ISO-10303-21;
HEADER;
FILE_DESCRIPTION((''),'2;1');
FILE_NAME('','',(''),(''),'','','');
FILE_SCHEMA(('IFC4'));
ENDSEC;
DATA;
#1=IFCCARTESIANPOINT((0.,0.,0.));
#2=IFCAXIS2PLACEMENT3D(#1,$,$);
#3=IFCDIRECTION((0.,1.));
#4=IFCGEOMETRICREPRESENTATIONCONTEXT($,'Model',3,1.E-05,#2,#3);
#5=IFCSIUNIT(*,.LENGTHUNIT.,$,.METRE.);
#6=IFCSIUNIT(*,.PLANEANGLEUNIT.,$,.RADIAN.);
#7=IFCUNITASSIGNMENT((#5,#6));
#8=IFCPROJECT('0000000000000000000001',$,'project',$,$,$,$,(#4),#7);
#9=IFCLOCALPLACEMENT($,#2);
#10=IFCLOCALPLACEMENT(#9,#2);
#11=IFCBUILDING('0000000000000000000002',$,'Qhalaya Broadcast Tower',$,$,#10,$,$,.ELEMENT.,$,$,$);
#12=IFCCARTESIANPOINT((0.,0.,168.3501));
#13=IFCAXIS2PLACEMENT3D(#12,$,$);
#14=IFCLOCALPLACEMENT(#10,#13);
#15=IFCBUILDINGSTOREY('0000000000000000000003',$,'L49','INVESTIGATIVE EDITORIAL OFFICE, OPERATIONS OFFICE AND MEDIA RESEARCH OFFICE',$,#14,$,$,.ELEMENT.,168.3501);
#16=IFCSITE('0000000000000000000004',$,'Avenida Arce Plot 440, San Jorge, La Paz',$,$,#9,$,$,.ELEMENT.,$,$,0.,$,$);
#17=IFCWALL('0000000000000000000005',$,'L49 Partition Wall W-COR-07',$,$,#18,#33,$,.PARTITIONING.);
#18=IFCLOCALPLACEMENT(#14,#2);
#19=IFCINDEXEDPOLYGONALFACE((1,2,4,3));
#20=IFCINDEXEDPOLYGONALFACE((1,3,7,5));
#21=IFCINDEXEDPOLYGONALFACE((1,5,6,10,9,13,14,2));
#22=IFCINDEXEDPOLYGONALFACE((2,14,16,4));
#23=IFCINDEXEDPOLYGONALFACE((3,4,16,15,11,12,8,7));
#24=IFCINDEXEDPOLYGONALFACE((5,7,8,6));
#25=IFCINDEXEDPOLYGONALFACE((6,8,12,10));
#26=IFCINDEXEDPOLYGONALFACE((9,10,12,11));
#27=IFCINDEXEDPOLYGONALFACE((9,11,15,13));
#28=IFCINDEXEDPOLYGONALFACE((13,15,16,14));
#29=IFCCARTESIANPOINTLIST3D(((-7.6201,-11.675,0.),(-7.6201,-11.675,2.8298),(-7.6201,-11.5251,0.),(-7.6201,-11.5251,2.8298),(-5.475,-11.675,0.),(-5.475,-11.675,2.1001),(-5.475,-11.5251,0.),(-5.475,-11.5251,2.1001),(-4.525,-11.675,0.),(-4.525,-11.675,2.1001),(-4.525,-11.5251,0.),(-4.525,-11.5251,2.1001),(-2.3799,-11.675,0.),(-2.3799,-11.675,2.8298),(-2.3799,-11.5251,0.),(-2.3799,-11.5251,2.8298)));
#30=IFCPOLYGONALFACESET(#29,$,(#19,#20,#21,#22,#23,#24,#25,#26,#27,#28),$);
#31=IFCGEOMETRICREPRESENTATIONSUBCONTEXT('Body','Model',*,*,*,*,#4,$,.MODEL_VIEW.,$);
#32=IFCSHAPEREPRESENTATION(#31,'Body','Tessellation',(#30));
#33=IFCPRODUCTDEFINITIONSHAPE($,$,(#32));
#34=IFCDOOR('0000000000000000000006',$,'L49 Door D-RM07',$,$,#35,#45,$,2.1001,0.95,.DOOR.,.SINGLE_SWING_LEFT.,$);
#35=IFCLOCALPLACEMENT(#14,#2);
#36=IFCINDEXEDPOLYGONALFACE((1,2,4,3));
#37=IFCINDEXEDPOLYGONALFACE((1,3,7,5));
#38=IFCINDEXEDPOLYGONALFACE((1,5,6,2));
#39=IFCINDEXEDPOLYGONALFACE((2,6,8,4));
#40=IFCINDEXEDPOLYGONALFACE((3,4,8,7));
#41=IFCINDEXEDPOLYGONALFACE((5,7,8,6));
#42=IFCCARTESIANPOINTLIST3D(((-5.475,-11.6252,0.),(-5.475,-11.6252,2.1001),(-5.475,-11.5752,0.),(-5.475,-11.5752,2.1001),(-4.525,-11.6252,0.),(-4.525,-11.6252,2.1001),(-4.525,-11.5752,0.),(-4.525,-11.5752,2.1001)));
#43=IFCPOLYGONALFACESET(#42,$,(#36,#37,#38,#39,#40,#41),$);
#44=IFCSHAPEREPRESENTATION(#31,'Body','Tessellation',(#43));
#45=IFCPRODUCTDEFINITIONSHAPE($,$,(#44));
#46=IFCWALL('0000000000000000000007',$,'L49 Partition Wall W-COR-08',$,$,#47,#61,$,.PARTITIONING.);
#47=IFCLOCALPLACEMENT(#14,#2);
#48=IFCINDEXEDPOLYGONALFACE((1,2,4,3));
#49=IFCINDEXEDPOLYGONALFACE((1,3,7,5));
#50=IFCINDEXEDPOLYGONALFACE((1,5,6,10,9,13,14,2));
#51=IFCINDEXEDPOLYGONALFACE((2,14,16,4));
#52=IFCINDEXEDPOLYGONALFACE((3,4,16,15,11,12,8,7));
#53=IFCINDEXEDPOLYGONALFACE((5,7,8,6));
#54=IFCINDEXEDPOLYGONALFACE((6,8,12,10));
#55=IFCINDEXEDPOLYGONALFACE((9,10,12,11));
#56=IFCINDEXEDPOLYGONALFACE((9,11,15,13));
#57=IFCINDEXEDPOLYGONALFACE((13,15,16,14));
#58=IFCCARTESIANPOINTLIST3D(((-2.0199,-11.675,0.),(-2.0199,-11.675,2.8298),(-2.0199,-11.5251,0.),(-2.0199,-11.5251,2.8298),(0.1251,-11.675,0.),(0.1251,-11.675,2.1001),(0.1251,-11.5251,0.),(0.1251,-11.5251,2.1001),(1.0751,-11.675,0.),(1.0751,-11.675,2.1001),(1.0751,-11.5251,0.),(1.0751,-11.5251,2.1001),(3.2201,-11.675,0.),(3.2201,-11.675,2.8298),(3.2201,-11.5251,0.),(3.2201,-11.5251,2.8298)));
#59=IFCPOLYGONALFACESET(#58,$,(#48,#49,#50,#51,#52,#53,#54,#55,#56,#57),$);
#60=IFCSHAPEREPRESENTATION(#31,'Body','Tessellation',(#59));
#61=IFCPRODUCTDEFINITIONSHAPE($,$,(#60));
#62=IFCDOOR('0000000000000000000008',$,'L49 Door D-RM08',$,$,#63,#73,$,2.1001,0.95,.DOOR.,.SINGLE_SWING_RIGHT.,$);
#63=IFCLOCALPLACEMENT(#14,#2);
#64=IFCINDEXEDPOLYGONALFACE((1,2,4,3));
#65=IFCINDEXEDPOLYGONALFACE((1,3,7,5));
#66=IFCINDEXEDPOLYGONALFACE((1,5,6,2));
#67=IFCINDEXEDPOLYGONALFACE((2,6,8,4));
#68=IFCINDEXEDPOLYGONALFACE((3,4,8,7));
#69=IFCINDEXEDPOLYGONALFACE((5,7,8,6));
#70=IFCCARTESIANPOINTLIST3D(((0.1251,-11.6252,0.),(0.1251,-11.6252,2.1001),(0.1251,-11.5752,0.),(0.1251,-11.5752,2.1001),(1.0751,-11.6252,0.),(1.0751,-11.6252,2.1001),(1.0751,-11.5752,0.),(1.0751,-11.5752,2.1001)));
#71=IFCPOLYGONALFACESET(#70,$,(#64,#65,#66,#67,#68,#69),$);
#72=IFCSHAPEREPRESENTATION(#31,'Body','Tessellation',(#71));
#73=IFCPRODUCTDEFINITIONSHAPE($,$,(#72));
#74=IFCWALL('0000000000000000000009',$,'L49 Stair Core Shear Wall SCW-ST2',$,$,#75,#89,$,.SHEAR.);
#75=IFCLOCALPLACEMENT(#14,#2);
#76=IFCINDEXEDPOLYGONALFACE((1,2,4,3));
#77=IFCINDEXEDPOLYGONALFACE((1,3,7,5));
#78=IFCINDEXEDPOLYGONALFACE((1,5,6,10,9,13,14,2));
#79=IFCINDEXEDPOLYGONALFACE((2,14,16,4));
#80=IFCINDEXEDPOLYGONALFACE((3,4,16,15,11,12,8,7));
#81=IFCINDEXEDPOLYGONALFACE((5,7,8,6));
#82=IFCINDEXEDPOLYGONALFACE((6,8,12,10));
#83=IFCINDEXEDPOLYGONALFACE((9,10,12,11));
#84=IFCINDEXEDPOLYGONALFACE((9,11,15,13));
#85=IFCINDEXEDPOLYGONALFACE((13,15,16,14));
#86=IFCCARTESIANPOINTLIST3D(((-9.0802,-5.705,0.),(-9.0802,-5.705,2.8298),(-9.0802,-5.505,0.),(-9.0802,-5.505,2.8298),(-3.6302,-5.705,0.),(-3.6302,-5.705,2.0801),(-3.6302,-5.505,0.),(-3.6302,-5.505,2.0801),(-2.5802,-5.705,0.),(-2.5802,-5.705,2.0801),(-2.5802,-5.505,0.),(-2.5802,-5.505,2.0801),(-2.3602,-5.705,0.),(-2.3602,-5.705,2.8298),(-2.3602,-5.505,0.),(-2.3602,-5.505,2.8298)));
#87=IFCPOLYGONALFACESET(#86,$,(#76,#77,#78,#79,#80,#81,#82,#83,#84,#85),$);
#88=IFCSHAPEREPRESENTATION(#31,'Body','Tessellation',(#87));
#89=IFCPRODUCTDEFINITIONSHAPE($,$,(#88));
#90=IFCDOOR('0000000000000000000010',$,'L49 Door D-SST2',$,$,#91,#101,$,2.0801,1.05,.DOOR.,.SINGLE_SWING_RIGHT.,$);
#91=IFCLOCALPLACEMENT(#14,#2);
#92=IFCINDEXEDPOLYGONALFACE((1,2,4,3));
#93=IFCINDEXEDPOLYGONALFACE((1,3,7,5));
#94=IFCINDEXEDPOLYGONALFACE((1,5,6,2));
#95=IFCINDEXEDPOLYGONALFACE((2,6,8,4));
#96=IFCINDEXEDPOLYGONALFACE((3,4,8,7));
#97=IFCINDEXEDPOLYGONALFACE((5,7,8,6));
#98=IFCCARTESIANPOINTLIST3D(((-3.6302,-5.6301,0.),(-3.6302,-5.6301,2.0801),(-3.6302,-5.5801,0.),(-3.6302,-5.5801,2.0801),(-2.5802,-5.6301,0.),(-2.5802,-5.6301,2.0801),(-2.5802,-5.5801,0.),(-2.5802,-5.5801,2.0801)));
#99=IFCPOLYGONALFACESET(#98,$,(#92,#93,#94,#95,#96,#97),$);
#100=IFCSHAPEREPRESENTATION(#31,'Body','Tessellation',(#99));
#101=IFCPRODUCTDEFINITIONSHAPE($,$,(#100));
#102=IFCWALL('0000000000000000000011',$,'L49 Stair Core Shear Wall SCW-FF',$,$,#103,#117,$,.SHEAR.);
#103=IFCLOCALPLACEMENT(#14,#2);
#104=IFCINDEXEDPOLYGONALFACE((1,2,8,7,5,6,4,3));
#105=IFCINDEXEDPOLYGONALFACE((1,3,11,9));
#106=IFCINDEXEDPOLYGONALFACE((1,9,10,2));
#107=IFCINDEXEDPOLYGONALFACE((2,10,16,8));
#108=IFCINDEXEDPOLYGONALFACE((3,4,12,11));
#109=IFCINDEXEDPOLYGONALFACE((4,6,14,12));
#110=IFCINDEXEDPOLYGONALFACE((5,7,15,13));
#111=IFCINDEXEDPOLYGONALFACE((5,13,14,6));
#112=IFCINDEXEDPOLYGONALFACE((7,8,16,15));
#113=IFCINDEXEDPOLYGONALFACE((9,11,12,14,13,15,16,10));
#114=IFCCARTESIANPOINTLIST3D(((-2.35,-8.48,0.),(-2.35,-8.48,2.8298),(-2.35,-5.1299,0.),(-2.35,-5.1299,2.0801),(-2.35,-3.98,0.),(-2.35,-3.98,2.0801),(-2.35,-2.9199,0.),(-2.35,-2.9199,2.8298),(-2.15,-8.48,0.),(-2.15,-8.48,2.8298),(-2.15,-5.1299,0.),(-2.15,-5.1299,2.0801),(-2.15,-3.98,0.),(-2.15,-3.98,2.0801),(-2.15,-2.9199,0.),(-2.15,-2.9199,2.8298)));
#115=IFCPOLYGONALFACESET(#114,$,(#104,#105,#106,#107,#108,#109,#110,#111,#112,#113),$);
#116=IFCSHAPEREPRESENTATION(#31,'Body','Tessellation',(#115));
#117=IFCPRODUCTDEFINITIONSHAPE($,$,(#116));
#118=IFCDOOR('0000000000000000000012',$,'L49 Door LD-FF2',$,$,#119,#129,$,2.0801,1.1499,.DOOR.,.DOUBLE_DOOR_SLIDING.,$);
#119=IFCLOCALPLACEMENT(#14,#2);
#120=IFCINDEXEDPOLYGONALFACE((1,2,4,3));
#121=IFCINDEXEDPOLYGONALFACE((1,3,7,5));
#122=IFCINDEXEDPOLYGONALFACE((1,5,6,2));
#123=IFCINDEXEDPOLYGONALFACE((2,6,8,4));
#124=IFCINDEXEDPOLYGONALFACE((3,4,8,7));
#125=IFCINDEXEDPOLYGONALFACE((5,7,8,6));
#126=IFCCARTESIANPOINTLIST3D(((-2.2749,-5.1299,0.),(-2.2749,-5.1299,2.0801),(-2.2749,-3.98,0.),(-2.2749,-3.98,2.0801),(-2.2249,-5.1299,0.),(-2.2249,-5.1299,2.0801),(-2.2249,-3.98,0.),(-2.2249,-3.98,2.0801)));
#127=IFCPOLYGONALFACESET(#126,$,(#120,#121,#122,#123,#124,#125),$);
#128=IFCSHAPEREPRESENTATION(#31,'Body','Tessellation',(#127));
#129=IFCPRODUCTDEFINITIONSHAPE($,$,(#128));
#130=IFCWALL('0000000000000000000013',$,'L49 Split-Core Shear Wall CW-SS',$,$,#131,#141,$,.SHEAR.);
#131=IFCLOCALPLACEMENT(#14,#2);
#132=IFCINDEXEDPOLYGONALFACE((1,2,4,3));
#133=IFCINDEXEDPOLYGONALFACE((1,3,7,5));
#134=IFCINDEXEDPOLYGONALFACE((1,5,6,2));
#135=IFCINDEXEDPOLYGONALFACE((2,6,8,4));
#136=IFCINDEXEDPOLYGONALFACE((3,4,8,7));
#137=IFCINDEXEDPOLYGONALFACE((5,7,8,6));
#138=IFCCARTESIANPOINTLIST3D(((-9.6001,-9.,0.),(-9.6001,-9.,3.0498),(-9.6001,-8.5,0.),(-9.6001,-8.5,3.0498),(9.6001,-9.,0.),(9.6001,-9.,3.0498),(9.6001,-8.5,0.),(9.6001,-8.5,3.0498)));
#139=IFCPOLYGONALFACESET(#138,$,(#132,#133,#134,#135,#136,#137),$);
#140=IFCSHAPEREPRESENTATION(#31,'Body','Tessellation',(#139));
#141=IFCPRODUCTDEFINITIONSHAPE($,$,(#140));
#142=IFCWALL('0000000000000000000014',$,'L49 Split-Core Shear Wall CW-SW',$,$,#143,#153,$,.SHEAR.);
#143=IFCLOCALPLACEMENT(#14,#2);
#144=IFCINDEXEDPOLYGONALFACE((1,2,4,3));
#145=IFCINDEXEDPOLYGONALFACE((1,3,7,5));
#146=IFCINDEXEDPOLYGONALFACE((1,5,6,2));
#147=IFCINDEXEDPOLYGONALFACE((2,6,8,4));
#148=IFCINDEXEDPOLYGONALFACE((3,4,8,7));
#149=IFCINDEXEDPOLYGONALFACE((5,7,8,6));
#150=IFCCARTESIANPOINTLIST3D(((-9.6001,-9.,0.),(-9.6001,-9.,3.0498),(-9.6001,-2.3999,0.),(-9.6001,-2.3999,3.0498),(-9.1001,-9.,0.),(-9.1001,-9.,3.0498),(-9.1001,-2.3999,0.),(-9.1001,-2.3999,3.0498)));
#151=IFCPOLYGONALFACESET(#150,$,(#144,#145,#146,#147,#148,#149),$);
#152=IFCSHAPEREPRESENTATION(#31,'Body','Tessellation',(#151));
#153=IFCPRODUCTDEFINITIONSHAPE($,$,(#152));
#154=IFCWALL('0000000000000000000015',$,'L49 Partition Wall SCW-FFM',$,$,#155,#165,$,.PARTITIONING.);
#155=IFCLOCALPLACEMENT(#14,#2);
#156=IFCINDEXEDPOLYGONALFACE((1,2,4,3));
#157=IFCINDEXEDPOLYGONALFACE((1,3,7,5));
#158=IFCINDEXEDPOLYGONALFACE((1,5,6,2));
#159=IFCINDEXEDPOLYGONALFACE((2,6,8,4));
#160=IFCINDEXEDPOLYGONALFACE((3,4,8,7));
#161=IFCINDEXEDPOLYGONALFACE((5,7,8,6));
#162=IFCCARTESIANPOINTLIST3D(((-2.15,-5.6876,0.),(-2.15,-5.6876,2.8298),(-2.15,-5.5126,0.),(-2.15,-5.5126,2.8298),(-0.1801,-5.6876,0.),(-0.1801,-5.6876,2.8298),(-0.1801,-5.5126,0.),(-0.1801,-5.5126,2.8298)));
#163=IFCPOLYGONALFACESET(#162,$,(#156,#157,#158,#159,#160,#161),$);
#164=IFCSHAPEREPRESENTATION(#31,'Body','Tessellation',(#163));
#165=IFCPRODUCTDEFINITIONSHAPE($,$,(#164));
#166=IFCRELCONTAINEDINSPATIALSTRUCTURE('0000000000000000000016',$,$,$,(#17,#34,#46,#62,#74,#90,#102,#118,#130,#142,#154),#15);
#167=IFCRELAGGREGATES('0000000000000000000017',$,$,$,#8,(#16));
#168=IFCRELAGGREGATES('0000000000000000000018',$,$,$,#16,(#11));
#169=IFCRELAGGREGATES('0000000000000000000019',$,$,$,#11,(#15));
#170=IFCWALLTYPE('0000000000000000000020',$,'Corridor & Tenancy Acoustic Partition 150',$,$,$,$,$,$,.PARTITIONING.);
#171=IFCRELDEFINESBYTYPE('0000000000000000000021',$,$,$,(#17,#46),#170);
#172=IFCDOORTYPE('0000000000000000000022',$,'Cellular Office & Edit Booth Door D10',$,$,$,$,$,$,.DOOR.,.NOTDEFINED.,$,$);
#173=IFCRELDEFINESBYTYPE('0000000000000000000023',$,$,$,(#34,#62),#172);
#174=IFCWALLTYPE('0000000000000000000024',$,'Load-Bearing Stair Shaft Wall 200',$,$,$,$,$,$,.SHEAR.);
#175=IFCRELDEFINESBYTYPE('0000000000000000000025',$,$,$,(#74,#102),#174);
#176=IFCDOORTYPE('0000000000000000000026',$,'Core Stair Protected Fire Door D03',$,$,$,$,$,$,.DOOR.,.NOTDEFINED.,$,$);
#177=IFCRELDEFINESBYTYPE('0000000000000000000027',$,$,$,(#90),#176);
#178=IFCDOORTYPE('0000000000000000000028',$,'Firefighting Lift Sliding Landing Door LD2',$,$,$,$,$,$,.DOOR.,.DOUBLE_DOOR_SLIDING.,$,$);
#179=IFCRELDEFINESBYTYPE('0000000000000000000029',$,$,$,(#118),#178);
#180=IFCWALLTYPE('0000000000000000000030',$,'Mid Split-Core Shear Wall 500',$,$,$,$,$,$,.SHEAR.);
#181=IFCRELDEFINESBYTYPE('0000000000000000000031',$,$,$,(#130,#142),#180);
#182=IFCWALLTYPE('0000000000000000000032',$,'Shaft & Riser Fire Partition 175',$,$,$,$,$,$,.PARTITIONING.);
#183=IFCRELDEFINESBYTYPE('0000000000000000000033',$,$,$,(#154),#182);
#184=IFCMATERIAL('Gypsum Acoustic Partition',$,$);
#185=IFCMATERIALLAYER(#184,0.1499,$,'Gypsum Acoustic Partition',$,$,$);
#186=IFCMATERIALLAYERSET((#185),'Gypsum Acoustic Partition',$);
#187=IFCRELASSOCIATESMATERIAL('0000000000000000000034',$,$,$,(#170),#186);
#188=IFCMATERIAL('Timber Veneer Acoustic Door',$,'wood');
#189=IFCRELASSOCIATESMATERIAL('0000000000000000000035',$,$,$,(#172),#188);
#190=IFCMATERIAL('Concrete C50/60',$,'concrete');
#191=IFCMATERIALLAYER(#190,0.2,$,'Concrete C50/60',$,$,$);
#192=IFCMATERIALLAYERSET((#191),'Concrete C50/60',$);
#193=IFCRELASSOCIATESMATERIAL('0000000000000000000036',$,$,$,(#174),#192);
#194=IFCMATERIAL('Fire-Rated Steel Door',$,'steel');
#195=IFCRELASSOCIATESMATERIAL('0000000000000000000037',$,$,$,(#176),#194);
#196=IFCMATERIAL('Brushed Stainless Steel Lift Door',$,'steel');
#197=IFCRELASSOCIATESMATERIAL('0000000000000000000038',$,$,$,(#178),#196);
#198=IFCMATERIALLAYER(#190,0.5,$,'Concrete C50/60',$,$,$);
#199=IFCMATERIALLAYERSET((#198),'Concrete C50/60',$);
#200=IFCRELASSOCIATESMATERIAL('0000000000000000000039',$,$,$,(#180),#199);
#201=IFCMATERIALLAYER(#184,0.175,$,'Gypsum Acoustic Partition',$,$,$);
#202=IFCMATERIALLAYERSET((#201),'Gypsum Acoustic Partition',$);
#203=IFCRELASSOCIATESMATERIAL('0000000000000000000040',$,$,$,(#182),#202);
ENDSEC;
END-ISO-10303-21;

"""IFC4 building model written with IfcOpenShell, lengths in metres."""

from ifc_helpers import new_model, si_unit, direction, frame, frame_2d, origin, place, context, subcontext, project, spatial, rectangle, extrude, material, layer, layer_set, type_object, element, fill, save


model = new_model("IFC4")

# Units and contexts
model_context = context("Model", 3, precision=1e-05, world=origin(), true_north=direction((0.0, 1.0)))
body_context = subcontext(model_context, "Body", "Model", "MODEL_VIEW")
ifc_project = project(units=[si_unit("LENGTHUNIT", "METRE"), si_unit("PLANEANGLEUNIT", "RADIAN")], contexts=[model_context])

# Site, building, storey
site_placement = place(None, origin())
site = spatial("IfcSite", under=ifc_project, at=site_placement, Name="Avenida Arce Plot 440, San Jorge, La Paz", CompositionType="ELEMENT", RefElevation=0.0)
building_placement = place(site_placement, origin())
building = spatial("IfcBuilding", under=site, at=building_placement, Name="Qhalaya Broadcast Tower", CompositionType="ELEMENT")
storey_placement = place(building_placement, frame((0.0, 0.0, 168.3501)))
storey = spatial("IfcBuildingStorey", under=building, at=storey_placement, Name="L49", Description="INVESTIGATIVE EDITORIAL OFFICE, OPERATIONS OFFICE AND MEDIA RESEARCH OFFICE", CompositionType="ELEMENT", Elevation=168.3501)

# Shared definitions
ifc_material_1 = material(Name="Concrete C50/60", Category="concrete")

# Walls, openings, doors
ifc_material_2 = material(Name="Gypsum Acoustic Partition")
ifc_layer_1 = layer(ifc_material_2, 0.1499, Name="Gypsum Acoustic Partition")
ifc_layer_set_1 = layer_set([ifc_layer_1], Name="Gypsum Acoustic Partition")
wall_type_1 = type_object("IfcWallType", Name="Corridor & Tenancy Acoustic Partition 150", PredefinedType="PARTITIONING", material=ifc_layer_set_1)
wall_1_placement = place(storey_placement, frame((-7.6201, -11.6001, 0.0), z_axis=(0.0, 0.0, 1.0), x_axis=(1.0, 0.0, 0.0)))
wall_1 = element("IfcWall", 1, at=wall_1_placement, inside=storey, type_object=wall_type_1, Name="L49 Partition Wall W-COR-07", PredefinedType="PARTITIONING", context=body_context, shape_type="SweptSolid", body=[
    extrude(rectangle(XDim=5.2402, YDim=0.1499, at=frame_2d((2.6201, 0.0))), origin(), (0.0, 0.0, 1.0), 2.8298),
])
opening_1_placement = place(wall_1_placement, frame((2.145, 0.0, 0.0)))
opening_1 = element("IfcOpeningElement", 2, at=opening_1_placement, cuts=wall_1, PredefinedType="OPENING", context=body_context, shape_type="SweptSolid", body=[
    extrude(rectangle(XDim=0.95, YDim=2.1001, at=frame_2d((0.4751, 1.05))), frame((0.0, 0.0869, 0.0), z_axis=(0.0, -1.0, 0.0), x_axis=(1.0, 0.0, 0.0)), (0.0, 0.0, 1.0), 0.1738),
])
ifc_material_3 = material(Name="Timber Veneer Acoustic Door", Category="wood")
door_type_1 = type_object("IfcDoorType", Name="Cellular Office & Edit Booth Door D10", OperationType="NOTDEFINED", PredefinedType="DOOR", material=ifc_material_3)
door_1_placement = place(opening_1_placement, origin())
door_1 = element("IfcDoor", 3, at=door_1_placement, inside=storey, type_object=door_type_1, Name="L49 Door D-RM07", OperationType="SINGLE_SWING_LEFT", OverallHeight=2.1001, OverallWidth=0.95, PredefinedType="DOOR", context=body_context, shape_type="SweptSolid", body=[
    extrude(rectangle(XDim=0.95, YDim=2.1001, at=frame_2d((0.4751, 1.05))), frame((0.0, 0.0249, 0.0), z_axis=(0.0, -1.0, 0.0), x_axis=(1.0, 0.0, 0.0)), (0.0, 0.0, 1.0), 0.05),
])
fill(opening_1, door_1)
wall_2_placement = place(storey_placement, frame((-2.02, -11.6001, 0.0), z_axis=(0.0, 0.0, 1.0), x_axis=(1.0, 0.0, 0.0)))
wall_2 = element("IfcWall", 4, at=wall_2_placement, inside=storey, type_object=wall_type_1, Name="L49 Partition Wall W-COR-08", PredefinedType="PARTITIONING", context=body_context, shape_type="SweptSolid", body=[
    extrude(rectangle(XDim=5.24, YDim=0.1499, at=frame_2d((2.6201, 0.0))), origin(), (0.0, 0.0, 1.0), 2.8298),
])
opening_2_placement = place(wall_2_placement, frame((2.145, 0.0, 0.0)))
opening_2 = element("IfcOpeningElement", 5, at=opening_2_placement, cuts=wall_2, PredefinedType="OPENING", context=body_context, shape_type="SweptSolid", body=[
    extrude(rectangle(XDim=0.95, YDim=2.1001, at=frame_2d((0.4751, 1.05))), frame((0.0, 0.0869, 0.0), z_axis=(0.0, -1.0, 0.0), x_axis=(1.0, 0.0, 0.0)), (0.0, 0.0, 1.0), 0.1738),
])
door_2_placement = place(opening_2_placement, origin())
door_2 = element("IfcDoor", 6, at=door_2_placement, inside=storey, type_object=door_type_1, Name="L49 Door D-RM08", OperationType="SINGLE_SWING_RIGHT", OverallHeight=2.1001, OverallWidth=0.95, PredefinedType="DOOR", context=body_context, shape_type="SweptSolid", body=[
    extrude(rectangle(XDim=0.95, YDim=2.1001, at=frame_2d((0.4751, 1.05))), frame((0.0, 0.0249, 0.0), z_axis=(0.0, -1.0, 0.0), x_axis=(1.0, 0.0, 0.0)), (0.0, 0.0, 1.0), 0.05),
])
fill(opening_2, door_2)
ifc_layer_2 = layer(ifc_material_1, 0.2, Name="Concrete C50/60")
ifc_layer_set_2 = layer_set([ifc_layer_2], Name="Concrete C50/60")
wall_type_2 = type_object("IfcWallType", Name="Load-Bearing Stair Shaft Wall 200", PredefinedType="SHEAR", material=ifc_layer_set_2)
wall_3_placement = place(storey_placement, frame((-9.0801, -5.605, 0.0), z_axis=(0.0, 0.0, 1.0), x_axis=(1.0, 0.0, 0.0)))
wall_3 = element("IfcWall", 7, at=wall_3_placement, inside=storey, type_object=wall_type_2, Name="L49 Stair Core Shear Wall SCW-ST2", PredefinedType="SHEAR", context=body_context, shape_type="SweptSolid", body=[
    extrude(rectangle(XDim=6.72, YDim=0.2, at=frame_2d((3.3599, 0.0))), origin(), (0.0, 0.0, 1.0), 2.8298),
])
opening_3_placement = place(wall_3_placement, frame((5.45, 0.0, 0.0)))
opening_3 = element("IfcOpeningElement", 8, at=opening_3_placement, cuts=wall_3, PredefinedType="OPENING", context=body_context, shape_type="SweptSolid", body=[
    extrude(rectangle(XDim=1.05, YDim=2.0801, at=frame_2d((0.5249, 1.04))), frame((0.0, 0.1121, 0.0), z_axis=(0.0, -1.0, 0.0), x_axis=(1.0, 0.0, 0.0)), (0.0, 0.0, 1.0), 0.2239),
])
ifc_material_4 = material(Name="Fire-Rated Steel Door", Category="steel")
door_type_2 = type_object("IfcDoorType", Name="Core Stair Protected Fire Door D03", OperationType="NOTDEFINED", PredefinedType="DOOR", material=ifc_material_4)
door_3_placement = place(opening_3_placement, origin())
door_3 = element("IfcDoor", 9, at=door_3_placement, inside=storey, type_object=door_type_2, Name="L49 Door D-SST2", OperationType="SINGLE_SWING_RIGHT", OverallHeight=2.0801, OverallWidth=1.05, PredefinedType="DOOR", context=body_context, shape_type="SweptSolid", body=[
    extrude(rectangle(XDim=1.05, YDim=2.0801, at=frame_2d((0.5249, 1.04))), frame((0.0, 0.0249, 0.0), z_axis=(0.0, -1.0, 0.0), x_axis=(1.0, 0.0, 0.0)), (0.0, 0.0, 1.0), 0.05),
])
fill(opening_3, door_3)
wall_4_placement = place(storey_placement, frame((-2.25, -8.48, 0.0), z_axis=(0.0, 0.0, 1.0), x_axis=(0.0, 1.0, 0.0)))
wall_4 = element("IfcWall", 10, at=wall_4_placement, inside=storey, type_object=wall_type_2, Name="L49 Stair Core Shear Wall SCW-FF", PredefinedType="SHEAR", context=body_context, shape_type="SweptSolid", body=[
    extrude(rectangle(XDim=5.5601, YDim=0.2, at=frame_2d((2.78, 0.0))), origin(), (0.0, 0.0, 1.0), 2.8298),
])
opening_4_placement = place(wall_4_placement, frame((3.3501, 0.0, 0.0)))
opening_4 = element("IfcOpeningElement", 11, at=opening_4_placement, cuts=wall_4, PredefinedType="OPENING", context=body_context, shape_type="SweptSolid", body=[
    extrude(rectangle(XDim=1.1499, YDim=2.0801, at=frame_2d((0.575, 1.04))), frame((0.0, 0.1121, 0.0), z_axis=(0.0, -1.0, 0.0), x_axis=(1.0, 0.0, 0.0)), (0.0, 0.0, 1.0), 0.2239),
])
ifc_material_5 = material(Name="Brushed Stainless Steel Lift Door", Category="steel")
door_type_3 = type_object("IfcDoorType", Name="Firefighting Lift Sliding Landing Door LD2", OperationType="DOUBLE_DOOR_SLIDING", PredefinedType="DOOR", material=ifc_material_5)
door_4_placement = place(opening_4_placement, origin())
door_4 = element("IfcDoor", 12, at=door_4_placement, inside=storey, type_object=door_type_3, Name="L49 Door LD-FF2", OperationType="DOUBLE_DOOR_SLIDING", OverallHeight=2.0801, OverallWidth=1.1499, PredefinedType="DOOR", context=body_context, shape_type="SweptSolid", body=[
    extrude(rectangle(XDim=1.1499, YDim=2.0801, at=frame_2d((0.575, 1.04))), frame((0.0, 0.0249, 0.0), z_axis=(0.0, -1.0, 0.0), x_axis=(1.0, 0.0, 0.0)), (0.0, 0.0, 1.0), 0.05),
])
fill(opening_4, door_4)

# Wall
ifc_layer_3 = layer(ifc_material_1, 0.5, Name="Concrete C50/60")
ifc_layer_set_3 = layer_set([ifc_layer_3], Name="Concrete C50/60")
wall_type_3 = type_object("IfcWallType", Name="Mid Split-Core Shear Wall 500", PredefinedType="SHEAR", material=ifc_layer_set_3)
wall_5_placement = place(storey_placement, frame((-9.6001, -8.75, 0.0), z_axis=(0.0, 0.0, 1.0), x_axis=(1.0, 0.0, 0.0)))
element("IfcWall", 13, at=wall_5_placement, inside=storey, type_object=wall_type_3, Name="L49 Split-Core Shear Wall CW-SS", PredefinedType="SHEAR", context=body_context, shape_type="SweptSolid", body=[
    extrude(rectangle(XDim=19.2002, YDim=0.5, at=frame_2d((9.6001, 0.0))), origin(), (0.0, 0.0, 1.0), 3.0498),
])

# Walls
wall_6_placement = place(storey_placement, frame((-9.3501, -9.0, 0.0), z_axis=(0.0, 0.0, 1.0), x_axis=(0.0, 1.0, 0.0)))
element("IfcWall", 14, at=wall_6_placement, inside=storey, type_object=wall_type_3, Name="L49 Split-Core Shear Wall CW-SW", PredefinedType="SHEAR", context=body_context, shape_type="SweptSolid", body=[
    extrude(rectangle(XDim=6.6001, YDim=0.5, at=frame_2d((3.3, 0.0))), origin(), (0.0, 0.0, 1.0), 3.0498),
])
ifc_layer_4 = layer(ifc_material_2, 0.175, Name="Gypsum Acoustic Partition")
ifc_layer_set_4 = layer_set([ifc_layer_4], Name="Gypsum Acoustic Partition")
wall_type_4 = type_object("IfcWallType", Name="Shaft & Riser Fire Partition 175", PredefinedType="PARTITIONING", material=ifc_layer_set_4)
wall_7_placement = place(storey_placement, frame((-2.1499, -5.6001, 0.0), z_axis=(0.0, 0.0, 1.0), x_axis=(1.0, 0.0, 0.0)))
element("IfcWall", 15, at=wall_7_placement, inside=storey, type_object=wall_type_4, Name="L49 Partition Wall SCW-FFM", PredefinedType="PARTITIONING", context=body_context, shape_type="SweptSolid", body=[
    extrude(rectangle(XDim=1.97, YDim=0.175, at=frame_2d((0.9849, 0.0))), origin(), (0.0, 0.0, 1.0), 2.8298),
])

save(model, "model.ifc")
